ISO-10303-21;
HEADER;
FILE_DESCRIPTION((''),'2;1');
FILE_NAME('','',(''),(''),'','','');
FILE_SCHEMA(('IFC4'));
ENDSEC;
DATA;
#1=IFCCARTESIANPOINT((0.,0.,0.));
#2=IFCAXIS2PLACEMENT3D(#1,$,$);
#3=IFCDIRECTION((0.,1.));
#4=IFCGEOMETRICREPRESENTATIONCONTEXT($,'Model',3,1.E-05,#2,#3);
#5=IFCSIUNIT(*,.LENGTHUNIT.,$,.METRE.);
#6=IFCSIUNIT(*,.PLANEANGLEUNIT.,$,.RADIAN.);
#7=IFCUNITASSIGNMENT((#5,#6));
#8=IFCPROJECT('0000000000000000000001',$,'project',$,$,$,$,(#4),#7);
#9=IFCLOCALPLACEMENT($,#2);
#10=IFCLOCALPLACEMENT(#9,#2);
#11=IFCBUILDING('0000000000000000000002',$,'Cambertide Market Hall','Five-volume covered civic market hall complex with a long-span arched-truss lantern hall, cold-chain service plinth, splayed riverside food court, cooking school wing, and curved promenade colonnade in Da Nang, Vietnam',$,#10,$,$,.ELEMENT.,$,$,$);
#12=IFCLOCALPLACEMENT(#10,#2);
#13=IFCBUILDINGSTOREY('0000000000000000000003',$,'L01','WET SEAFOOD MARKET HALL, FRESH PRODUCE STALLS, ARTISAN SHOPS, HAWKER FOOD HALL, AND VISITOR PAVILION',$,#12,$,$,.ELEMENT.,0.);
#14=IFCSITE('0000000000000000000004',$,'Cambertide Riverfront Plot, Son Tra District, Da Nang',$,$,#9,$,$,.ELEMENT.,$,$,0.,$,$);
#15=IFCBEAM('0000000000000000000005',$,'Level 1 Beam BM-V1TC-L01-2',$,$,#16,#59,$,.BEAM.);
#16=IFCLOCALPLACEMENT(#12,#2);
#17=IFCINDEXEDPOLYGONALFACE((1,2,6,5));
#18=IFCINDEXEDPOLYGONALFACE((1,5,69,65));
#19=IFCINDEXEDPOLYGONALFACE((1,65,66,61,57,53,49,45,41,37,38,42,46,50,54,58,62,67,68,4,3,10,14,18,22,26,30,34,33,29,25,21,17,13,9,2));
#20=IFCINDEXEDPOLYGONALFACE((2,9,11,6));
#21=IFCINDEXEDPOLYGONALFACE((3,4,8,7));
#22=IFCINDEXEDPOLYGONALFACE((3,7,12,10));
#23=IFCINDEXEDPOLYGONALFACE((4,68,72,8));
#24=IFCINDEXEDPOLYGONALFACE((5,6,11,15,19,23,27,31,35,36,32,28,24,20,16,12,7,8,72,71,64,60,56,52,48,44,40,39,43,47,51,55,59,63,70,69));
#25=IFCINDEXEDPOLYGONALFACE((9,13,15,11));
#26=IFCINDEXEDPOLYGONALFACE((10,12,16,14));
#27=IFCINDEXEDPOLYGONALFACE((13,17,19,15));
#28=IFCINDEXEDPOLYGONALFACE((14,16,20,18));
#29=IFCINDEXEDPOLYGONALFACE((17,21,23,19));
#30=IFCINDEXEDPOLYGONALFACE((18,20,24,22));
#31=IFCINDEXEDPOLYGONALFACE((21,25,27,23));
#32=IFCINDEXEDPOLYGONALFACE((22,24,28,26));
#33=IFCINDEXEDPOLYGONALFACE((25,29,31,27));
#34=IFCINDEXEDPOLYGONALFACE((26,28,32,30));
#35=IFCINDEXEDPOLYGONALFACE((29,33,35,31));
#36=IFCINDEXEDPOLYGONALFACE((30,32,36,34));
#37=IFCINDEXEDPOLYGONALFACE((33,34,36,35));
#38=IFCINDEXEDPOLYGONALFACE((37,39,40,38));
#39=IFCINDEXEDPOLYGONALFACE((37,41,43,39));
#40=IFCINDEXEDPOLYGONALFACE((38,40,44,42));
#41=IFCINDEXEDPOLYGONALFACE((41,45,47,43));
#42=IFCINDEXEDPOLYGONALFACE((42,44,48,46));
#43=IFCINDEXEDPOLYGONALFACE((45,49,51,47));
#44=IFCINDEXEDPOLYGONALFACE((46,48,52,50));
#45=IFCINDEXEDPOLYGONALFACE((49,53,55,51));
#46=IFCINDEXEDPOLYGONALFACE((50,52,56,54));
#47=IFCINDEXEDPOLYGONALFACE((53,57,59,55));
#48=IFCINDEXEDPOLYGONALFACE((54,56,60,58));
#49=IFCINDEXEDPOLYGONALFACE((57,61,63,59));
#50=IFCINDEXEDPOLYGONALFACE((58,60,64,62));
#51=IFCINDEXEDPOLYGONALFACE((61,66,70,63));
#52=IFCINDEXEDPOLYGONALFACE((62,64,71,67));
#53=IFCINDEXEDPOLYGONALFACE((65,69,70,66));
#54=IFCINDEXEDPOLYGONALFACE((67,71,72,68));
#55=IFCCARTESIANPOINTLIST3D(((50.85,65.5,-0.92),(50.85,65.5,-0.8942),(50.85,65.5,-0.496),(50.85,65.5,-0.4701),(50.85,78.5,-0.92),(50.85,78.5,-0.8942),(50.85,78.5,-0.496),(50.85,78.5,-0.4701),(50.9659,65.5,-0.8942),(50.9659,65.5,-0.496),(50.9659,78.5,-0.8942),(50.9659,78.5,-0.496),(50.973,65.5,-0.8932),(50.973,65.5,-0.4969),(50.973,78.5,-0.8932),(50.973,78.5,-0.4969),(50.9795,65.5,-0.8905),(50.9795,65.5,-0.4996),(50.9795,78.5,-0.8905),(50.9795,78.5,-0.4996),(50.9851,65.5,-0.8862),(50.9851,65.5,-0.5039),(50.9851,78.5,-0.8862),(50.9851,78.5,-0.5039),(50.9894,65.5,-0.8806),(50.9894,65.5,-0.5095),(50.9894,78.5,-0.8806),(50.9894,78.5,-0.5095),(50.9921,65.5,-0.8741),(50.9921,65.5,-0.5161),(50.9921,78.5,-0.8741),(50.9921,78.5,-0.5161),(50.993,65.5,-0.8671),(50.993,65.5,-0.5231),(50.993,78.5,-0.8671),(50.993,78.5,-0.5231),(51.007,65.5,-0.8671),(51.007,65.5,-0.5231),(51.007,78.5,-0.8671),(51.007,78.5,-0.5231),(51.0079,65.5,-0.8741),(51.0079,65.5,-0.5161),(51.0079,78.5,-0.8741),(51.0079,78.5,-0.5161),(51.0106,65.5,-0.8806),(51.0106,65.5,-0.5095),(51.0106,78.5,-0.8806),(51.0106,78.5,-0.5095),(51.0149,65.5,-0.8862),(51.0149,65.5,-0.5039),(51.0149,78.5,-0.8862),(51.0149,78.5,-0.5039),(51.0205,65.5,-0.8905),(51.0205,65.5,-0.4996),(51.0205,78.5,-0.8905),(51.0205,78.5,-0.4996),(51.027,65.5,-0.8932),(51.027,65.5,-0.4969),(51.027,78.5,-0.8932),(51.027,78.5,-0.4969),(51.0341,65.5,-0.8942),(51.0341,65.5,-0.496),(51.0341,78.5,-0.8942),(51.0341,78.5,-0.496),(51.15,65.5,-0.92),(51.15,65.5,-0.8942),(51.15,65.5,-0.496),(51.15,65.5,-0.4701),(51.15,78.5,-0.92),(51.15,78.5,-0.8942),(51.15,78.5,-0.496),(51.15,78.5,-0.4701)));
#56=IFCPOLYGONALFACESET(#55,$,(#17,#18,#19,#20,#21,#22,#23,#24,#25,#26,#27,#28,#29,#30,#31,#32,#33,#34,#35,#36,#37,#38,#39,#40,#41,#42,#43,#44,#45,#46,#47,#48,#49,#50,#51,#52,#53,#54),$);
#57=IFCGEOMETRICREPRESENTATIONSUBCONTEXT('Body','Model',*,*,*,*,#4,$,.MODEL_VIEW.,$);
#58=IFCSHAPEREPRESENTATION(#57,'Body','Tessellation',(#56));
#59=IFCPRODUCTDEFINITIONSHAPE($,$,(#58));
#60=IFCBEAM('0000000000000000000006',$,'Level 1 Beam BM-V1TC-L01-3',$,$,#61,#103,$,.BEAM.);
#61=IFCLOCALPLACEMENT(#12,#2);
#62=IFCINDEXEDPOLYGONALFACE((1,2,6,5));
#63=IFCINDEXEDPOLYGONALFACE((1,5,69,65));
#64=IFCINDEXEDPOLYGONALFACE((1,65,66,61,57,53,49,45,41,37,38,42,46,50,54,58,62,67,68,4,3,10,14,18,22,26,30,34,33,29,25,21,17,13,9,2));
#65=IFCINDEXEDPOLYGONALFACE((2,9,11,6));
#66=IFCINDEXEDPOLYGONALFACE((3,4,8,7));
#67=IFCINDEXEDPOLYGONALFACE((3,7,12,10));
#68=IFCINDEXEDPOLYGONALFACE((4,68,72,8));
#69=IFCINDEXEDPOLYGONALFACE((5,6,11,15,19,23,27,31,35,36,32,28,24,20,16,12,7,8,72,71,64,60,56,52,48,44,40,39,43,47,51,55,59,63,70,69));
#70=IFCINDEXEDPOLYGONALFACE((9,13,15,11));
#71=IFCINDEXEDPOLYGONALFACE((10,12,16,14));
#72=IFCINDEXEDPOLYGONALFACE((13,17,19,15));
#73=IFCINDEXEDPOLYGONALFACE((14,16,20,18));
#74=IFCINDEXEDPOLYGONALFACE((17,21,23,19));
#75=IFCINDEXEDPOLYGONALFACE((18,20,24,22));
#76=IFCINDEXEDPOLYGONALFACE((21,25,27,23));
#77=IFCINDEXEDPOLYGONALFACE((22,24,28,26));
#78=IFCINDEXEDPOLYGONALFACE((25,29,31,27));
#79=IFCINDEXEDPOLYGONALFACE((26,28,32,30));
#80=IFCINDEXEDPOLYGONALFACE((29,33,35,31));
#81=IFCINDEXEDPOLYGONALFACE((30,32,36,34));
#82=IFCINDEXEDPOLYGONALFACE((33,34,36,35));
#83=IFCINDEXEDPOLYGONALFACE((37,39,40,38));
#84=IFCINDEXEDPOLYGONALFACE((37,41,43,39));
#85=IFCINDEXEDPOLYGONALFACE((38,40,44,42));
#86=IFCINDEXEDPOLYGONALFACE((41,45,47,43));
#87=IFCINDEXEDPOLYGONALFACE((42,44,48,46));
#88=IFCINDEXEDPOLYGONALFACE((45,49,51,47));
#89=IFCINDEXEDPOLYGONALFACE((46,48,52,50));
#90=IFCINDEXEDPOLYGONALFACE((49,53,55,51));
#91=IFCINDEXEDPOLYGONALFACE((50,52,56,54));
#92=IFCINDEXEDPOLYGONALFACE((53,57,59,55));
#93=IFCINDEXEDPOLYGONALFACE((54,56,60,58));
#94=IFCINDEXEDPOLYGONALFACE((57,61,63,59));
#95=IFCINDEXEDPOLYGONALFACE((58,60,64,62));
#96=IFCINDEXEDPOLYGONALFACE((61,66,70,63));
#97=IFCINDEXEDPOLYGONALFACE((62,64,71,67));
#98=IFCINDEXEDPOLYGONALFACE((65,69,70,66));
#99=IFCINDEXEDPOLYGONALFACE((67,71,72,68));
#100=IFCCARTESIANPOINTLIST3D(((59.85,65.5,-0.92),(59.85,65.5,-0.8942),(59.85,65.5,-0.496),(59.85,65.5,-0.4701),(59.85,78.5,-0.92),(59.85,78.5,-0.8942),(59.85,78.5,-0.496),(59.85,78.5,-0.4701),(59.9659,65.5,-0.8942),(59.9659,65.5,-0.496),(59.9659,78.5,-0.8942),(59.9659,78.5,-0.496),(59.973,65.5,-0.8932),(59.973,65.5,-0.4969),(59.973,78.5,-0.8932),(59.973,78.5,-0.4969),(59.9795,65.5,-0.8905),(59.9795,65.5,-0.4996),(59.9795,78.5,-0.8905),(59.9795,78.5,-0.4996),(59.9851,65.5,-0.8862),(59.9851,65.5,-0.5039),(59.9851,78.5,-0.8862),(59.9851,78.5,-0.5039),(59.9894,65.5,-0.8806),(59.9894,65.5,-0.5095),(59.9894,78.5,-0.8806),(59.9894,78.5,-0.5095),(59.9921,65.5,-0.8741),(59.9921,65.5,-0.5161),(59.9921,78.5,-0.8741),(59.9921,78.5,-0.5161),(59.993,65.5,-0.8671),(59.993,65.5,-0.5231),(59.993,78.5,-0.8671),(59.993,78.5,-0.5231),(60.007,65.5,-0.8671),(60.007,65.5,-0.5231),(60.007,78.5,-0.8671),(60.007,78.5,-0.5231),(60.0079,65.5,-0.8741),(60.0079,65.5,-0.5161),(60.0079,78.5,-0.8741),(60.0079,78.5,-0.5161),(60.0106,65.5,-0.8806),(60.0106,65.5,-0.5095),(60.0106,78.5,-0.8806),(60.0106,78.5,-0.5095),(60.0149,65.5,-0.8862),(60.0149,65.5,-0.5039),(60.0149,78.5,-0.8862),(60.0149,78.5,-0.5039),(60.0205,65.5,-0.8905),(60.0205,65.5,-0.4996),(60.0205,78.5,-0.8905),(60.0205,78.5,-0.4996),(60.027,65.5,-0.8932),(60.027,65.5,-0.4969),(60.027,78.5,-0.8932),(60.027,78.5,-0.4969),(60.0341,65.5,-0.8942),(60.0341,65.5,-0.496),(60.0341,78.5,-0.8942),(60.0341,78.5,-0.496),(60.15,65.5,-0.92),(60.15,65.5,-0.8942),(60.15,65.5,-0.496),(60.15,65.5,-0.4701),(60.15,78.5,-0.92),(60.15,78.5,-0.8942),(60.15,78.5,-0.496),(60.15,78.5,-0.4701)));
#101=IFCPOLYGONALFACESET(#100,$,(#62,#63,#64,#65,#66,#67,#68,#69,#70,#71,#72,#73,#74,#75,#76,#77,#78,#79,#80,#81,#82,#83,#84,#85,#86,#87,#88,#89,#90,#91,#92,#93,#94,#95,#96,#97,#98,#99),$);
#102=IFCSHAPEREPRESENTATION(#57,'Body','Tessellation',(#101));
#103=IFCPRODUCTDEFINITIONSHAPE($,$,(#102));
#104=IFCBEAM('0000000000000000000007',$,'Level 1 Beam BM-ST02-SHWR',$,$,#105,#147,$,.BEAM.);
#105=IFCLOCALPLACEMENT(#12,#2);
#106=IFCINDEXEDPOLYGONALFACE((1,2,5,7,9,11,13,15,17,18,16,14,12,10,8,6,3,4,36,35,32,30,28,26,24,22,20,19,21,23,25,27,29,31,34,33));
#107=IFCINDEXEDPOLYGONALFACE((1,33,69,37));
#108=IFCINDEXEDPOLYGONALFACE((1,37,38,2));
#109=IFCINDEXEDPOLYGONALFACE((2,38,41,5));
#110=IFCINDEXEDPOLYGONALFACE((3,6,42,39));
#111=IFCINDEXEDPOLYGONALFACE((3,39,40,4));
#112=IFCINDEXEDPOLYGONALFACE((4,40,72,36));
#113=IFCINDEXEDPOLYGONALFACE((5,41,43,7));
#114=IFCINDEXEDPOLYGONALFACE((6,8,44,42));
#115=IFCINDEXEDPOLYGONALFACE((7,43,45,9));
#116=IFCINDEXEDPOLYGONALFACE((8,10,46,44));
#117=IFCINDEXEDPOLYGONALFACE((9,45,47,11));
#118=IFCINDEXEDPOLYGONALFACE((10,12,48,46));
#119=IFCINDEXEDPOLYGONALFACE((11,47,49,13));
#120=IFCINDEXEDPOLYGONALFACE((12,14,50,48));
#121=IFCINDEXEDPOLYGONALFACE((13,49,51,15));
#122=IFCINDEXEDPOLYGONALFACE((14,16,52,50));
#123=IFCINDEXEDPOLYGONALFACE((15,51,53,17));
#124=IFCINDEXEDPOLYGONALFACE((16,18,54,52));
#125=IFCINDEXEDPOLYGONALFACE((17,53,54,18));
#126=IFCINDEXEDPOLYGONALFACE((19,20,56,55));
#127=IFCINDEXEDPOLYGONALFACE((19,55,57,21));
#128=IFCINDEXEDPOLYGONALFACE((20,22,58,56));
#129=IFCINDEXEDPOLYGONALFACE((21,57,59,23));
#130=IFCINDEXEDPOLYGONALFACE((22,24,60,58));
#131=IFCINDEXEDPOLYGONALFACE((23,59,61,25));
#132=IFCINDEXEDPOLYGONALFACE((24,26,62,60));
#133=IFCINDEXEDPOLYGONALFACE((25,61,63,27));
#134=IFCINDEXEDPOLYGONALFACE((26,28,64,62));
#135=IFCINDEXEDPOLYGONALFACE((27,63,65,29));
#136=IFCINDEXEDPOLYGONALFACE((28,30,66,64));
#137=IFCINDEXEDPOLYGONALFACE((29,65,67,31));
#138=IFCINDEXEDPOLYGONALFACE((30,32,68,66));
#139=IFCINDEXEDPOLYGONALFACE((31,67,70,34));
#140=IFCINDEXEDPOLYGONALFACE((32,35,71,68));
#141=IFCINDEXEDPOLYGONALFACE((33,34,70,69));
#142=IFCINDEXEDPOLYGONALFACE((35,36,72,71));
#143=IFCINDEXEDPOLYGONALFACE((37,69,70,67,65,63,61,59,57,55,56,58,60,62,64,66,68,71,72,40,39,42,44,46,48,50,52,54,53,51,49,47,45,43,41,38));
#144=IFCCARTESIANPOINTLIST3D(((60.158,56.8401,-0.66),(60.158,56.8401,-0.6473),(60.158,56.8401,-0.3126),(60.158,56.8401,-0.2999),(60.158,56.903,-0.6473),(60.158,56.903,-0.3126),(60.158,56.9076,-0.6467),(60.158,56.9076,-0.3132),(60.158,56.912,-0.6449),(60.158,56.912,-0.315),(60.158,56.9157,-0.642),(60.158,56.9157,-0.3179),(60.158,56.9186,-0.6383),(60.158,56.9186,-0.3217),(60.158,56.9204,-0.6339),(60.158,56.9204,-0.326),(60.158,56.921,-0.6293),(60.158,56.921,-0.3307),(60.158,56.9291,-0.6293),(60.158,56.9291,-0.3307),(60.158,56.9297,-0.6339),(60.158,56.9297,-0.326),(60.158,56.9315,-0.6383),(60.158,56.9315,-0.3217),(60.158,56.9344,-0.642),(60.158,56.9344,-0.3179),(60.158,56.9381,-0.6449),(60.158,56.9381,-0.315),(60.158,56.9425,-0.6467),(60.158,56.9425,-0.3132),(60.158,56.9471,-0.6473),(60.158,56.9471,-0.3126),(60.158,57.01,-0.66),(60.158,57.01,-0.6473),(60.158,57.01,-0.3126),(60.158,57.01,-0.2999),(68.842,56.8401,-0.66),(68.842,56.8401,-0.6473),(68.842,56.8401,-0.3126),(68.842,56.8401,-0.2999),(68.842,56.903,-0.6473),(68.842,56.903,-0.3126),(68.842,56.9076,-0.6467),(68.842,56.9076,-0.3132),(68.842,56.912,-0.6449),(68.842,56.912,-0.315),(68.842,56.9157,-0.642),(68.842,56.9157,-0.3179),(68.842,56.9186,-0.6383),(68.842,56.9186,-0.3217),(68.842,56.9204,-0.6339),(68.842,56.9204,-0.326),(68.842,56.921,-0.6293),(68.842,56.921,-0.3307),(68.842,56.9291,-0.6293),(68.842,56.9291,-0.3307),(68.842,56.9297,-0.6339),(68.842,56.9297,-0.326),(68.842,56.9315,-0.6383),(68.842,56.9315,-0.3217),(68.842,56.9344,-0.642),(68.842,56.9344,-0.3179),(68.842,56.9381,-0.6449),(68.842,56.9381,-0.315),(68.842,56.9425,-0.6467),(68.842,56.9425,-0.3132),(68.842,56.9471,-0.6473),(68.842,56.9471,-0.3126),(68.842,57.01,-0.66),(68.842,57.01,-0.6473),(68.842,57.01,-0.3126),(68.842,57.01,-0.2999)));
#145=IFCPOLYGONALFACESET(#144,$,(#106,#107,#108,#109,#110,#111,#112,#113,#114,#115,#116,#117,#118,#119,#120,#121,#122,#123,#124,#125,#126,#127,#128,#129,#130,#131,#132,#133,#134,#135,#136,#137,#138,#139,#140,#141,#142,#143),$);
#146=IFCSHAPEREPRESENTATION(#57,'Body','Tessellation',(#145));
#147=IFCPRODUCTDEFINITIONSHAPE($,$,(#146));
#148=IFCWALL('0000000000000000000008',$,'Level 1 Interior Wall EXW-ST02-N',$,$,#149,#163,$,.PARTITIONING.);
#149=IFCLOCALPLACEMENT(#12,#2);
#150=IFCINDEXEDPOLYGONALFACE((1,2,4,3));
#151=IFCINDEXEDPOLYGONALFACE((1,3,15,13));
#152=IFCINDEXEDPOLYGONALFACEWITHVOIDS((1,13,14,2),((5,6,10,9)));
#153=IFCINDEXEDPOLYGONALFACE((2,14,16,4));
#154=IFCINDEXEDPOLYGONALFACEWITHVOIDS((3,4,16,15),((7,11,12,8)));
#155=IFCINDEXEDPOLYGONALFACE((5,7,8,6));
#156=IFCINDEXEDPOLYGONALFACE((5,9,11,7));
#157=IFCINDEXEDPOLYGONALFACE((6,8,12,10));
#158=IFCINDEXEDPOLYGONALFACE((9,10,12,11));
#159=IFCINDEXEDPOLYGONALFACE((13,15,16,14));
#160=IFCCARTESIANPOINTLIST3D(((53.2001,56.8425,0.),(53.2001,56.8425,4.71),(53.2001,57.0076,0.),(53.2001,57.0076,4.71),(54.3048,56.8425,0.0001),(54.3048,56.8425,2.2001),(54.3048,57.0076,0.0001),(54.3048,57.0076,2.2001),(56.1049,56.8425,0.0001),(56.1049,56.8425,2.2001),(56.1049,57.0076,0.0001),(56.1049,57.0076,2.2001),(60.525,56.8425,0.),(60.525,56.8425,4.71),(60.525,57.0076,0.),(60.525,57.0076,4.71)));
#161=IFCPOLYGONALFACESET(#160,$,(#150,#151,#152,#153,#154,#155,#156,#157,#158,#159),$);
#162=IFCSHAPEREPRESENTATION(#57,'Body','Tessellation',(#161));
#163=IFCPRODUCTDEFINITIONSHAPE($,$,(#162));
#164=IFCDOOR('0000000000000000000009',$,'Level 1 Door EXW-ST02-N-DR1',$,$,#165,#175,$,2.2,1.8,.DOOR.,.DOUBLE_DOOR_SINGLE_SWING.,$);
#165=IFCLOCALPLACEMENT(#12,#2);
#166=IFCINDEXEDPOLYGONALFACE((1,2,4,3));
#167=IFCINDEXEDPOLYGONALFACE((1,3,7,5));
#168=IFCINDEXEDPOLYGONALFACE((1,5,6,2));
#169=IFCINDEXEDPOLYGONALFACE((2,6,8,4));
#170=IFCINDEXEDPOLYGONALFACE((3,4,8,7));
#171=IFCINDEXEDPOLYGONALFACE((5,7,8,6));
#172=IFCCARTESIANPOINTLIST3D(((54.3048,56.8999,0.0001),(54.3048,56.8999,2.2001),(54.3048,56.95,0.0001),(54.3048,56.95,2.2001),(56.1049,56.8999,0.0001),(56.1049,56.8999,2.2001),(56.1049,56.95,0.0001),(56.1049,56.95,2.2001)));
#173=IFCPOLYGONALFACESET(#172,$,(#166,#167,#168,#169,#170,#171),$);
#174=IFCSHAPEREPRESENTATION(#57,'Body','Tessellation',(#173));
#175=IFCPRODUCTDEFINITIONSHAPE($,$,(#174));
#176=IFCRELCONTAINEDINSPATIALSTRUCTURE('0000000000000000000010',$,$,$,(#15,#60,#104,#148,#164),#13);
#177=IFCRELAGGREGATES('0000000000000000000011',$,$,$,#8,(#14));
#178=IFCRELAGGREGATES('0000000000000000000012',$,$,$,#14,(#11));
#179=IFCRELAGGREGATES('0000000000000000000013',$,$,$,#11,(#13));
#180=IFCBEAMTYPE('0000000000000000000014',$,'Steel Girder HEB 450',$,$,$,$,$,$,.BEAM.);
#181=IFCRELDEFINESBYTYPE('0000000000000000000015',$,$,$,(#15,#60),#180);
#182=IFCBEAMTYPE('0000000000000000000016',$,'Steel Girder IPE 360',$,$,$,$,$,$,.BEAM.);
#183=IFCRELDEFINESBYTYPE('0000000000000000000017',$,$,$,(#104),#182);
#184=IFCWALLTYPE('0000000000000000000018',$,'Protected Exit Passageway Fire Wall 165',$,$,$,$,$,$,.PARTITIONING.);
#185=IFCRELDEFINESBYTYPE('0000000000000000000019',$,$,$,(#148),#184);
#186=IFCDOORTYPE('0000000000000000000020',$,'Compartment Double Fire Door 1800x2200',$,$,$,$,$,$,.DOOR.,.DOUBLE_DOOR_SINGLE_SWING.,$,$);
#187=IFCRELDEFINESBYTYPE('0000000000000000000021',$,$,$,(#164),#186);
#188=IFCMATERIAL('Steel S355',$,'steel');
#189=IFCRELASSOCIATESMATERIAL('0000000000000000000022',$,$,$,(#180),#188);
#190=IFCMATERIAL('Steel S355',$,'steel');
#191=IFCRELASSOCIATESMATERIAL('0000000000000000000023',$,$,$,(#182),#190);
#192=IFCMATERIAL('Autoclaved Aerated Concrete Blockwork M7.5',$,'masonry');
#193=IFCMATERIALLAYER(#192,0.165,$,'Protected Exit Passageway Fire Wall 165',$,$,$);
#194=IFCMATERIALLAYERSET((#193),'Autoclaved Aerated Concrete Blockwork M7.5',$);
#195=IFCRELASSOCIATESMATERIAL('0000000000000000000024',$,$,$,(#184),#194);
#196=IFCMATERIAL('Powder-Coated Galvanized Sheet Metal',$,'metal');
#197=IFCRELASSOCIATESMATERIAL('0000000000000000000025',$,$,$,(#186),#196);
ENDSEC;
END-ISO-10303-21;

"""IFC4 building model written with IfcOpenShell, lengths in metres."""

from ifc_helpers import new_model, si_unit, direction, frame, frame_2d, origin, origin_2d, place, context, subcontext, project, spatial, rectangle, i_section, extrude, material, layer, layer_set, material_profile, profile_set, type_object, element, fill, save


model = new_model("IFC4")

# Units and contexts
model_context = context("Model", 3, precision=1e-05, world=origin(), true_north=direction((0.0, 1.0)))
body_context = subcontext(model_context, "Body", "Model", "MODEL_VIEW")
ifc_project = project(units=[si_unit("LENGTHUNIT", "METRE"), si_unit("PLANEANGLEUNIT", "RADIAN")], contexts=[model_context])

# Site, building, storey
site_placement = place(None, origin())
site = spatial("IfcSite", under=ifc_project, at=site_placement, Name="Cambertide Riverfront Plot, Son Tra District, Da Nang", CompositionType="ELEMENT", RefElevation=0.0)
building_placement = place(site_placement, origin())
building = spatial("IfcBuilding", under=site, at=building_placement, Name="Cambertide Market Hall", Description="Five-volume covered civic market hall complex with a long-span arched-truss lantern hall, cold-chain service plinth, splayed riverside food court, cooking school wing, and curved promenade colonnade in Da Nang, Vietnam", CompositionType="ELEMENT")
storey_placement = place(building_placement, origin())
storey = spatial("IfcBuildingStorey", under=building, at=storey_placement, Name="L01", Description="WET SEAFOOD MARKET HALL, FRESH PRODUCE STALLS, ARTISAN SHOPS, HAWKER FOOD HALL, AND VISITOR PAVILION", CompositionType="ELEMENT", Elevation=0.0)

# Beams
ifc_material_1 = material(Name="Steel S355", Category="steel")
ifc_material_profile_1 = material_profile(ifc_material_1, i_section(OverallWidth=0.3, OverallDepth=0.45, WebThickness=0.0139, FlangeThickness=0.0259, FilletRadius=0.0271, at=origin_2d()), Name="HEB 450")
ifc_profile_set_1 = profile_set([ifc_material_profile_1], Name="Steel S355")
beam_type_1 = type_object("IfcBeamType", Name="Steel Girder HEB 450", PredefinedType="BEAM", material=ifc_profile_set_1)
for number, where, z_axis, x_axis, name in (
    (1, (51.0, 65.5, -0.6951), (0.0, 1.0, 0.0), (-1.0, 0.0, 0.0), "Level 1 Beam BM-V1TC-L01-2"),
    (2, (60.0, 65.5, -0.6951), (0.0, 1.0, 0.0), (-1.0, 0.0, 0.0), "Level 1 Beam BM-V1TC-L01-3"),
):
    element("IfcBeam", number, at=place(storey_placement, frame(where, z_axis=z_axis, x_axis=x_axis)), inside=storey, type_object=beam_type_1, Name=name, PredefinedType="BEAM", context=body_context, shape_type="SweptSolid", body=[
        extrude(i_section(OverallWidth=0.3, OverallDepth=0.45, WebThickness=0.0139, FlangeThickness=0.0259, FilletRadius=0.0271, at=origin_2d()), origin(), (0.0, 0.0, 1.0), 13.0),
    ])
ifc_material_2 = material(Name="Steel S355", Category="steel")
ifc_material_profile_2 = material_profile(ifc_material_2, i_section(OverallWidth=0.1699, OverallDepth=0.3601, WebThickness=0.0081, FlangeThickness=0.0127, FilletRadius=0.0181, at=origin_2d()), Name="IPE 360")
ifc_profile_set_2 = profile_set([ifc_material_profile_2], Name="Steel S355")
beam_type_2 = type_object("IfcBeamType", Name="Steel Girder IPE 360", PredefinedType="BEAM", material=ifc_profile_set_2)
beam_placement = place(storey_placement, frame((60.158, 56.925, -0.48), z_axis=(1.0, 0.0, 0.0), x_axis=(0.0, 1.0, 0.0)))
element("IfcBeam", 3, at=beam_placement, inside=storey, type_object=beam_type_2, Name="Level 1 Beam BM-ST02-SHWR", PredefinedType="BEAM", context=body_context, shape_type="SweptSolid", body=[
    extrude(i_section(OverallWidth=0.1699, OverallDepth=0.3601, WebThickness=0.0081, FlangeThickness=0.0127, FilletRadius=0.0181, at=origin_2d()), origin(), (0.0, 0.0, 1.0), 8.6841),
])

# Wall, opening, door
ifc_material_3 = material(Name="Autoclaved Aerated Concrete Blockwork M7.5", Category="masonry")
ifc_layer = layer(ifc_material_3, 0.165, Name="Protected Exit Passageway Fire Wall 165")
ifc_layer_set = layer_set([ifc_layer], Name="Autoclaved Aerated Concrete Blockwork M7.5")
wall_type = type_object("IfcWallType", Name="Protected Exit Passageway Fire Wall 165", PredefinedType="PARTITIONING", material=ifc_layer_set)
wall_placement = place(storey_placement, frame((53.2, 56.925, 0.0), z_axis=(0.0, 0.0, 1.0), x_axis=(1.0, 0.0, 0.0)))
wall = element("IfcWall", 4, at=wall_placement, inside=storey, type_object=wall_type, Name="Level 1 Interior Wall EXW-ST02-N", PredefinedType="PARTITIONING", context=body_context, shape_type="SweptSolid", body=[
    extrude(rectangle(XDim=7.325, YDim=0.165, at=frame_2d((3.6626, 0.0))), origin(), (0.0, 0.0, 1.0), 4.71),
])
opening_placement = place(wall_placement, frame((1.105, 0.0, 0.0)))
opening = element("IfcOpeningElement", 5, at=opening_placement, cuts=wall, PredefinedType="OPENING", context=body_context, shape_type="SweptSolid", body=[
    extrude(rectangle(XDim=1.8, YDim=2.2, at=frame_2d((0.8999, 1.1001))), frame((0.0, 0.0925, 0.0), z_axis=(0.0, -1.0, 0.0), x_axis=(1.0, 0.0, 0.0)), (0.0, 0.0, 1.0), 0.1851),
])
ifc_material_4 = material(Name="Powder-Coated Galvanized Sheet Metal", Category="metal")
door_type = type_object("IfcDoorType", Name="Compartment Double Fire Door 1800x2200", OperationType="DOUBLE_DOOR_SINGLE_SWING", PredefinedType="DOOR", material=ifc_material_4)
door_placement = place(opening_placement, origin())
door = element("IfcDoor", 6, at=door_placement, inside=storey, type_object=door_type, Name="Level 1 Door EXW-ST02-N-DR1", OperationType="DOUBLE_DOOR_SINGLE_SWING", OverallHeight=2.2, OverallWidth=1.8, PredefinedType="DOOR", context=body_context, shape_type="SweptSolid", body=[
    extrude(rectangle(XDim=1.8, YDim=2.2, at=frame_2d((0.8999, 1.1001))), frame((0.0, 0.0249, 0.0), z_axis=(0.0, -1.0, 0.0), x_axis=(1.0, 0.0, 0.0)), (0.0, 0.0, 1.0), 0.05),
])
fill(opening, door)

save(model, "model.ifc")
